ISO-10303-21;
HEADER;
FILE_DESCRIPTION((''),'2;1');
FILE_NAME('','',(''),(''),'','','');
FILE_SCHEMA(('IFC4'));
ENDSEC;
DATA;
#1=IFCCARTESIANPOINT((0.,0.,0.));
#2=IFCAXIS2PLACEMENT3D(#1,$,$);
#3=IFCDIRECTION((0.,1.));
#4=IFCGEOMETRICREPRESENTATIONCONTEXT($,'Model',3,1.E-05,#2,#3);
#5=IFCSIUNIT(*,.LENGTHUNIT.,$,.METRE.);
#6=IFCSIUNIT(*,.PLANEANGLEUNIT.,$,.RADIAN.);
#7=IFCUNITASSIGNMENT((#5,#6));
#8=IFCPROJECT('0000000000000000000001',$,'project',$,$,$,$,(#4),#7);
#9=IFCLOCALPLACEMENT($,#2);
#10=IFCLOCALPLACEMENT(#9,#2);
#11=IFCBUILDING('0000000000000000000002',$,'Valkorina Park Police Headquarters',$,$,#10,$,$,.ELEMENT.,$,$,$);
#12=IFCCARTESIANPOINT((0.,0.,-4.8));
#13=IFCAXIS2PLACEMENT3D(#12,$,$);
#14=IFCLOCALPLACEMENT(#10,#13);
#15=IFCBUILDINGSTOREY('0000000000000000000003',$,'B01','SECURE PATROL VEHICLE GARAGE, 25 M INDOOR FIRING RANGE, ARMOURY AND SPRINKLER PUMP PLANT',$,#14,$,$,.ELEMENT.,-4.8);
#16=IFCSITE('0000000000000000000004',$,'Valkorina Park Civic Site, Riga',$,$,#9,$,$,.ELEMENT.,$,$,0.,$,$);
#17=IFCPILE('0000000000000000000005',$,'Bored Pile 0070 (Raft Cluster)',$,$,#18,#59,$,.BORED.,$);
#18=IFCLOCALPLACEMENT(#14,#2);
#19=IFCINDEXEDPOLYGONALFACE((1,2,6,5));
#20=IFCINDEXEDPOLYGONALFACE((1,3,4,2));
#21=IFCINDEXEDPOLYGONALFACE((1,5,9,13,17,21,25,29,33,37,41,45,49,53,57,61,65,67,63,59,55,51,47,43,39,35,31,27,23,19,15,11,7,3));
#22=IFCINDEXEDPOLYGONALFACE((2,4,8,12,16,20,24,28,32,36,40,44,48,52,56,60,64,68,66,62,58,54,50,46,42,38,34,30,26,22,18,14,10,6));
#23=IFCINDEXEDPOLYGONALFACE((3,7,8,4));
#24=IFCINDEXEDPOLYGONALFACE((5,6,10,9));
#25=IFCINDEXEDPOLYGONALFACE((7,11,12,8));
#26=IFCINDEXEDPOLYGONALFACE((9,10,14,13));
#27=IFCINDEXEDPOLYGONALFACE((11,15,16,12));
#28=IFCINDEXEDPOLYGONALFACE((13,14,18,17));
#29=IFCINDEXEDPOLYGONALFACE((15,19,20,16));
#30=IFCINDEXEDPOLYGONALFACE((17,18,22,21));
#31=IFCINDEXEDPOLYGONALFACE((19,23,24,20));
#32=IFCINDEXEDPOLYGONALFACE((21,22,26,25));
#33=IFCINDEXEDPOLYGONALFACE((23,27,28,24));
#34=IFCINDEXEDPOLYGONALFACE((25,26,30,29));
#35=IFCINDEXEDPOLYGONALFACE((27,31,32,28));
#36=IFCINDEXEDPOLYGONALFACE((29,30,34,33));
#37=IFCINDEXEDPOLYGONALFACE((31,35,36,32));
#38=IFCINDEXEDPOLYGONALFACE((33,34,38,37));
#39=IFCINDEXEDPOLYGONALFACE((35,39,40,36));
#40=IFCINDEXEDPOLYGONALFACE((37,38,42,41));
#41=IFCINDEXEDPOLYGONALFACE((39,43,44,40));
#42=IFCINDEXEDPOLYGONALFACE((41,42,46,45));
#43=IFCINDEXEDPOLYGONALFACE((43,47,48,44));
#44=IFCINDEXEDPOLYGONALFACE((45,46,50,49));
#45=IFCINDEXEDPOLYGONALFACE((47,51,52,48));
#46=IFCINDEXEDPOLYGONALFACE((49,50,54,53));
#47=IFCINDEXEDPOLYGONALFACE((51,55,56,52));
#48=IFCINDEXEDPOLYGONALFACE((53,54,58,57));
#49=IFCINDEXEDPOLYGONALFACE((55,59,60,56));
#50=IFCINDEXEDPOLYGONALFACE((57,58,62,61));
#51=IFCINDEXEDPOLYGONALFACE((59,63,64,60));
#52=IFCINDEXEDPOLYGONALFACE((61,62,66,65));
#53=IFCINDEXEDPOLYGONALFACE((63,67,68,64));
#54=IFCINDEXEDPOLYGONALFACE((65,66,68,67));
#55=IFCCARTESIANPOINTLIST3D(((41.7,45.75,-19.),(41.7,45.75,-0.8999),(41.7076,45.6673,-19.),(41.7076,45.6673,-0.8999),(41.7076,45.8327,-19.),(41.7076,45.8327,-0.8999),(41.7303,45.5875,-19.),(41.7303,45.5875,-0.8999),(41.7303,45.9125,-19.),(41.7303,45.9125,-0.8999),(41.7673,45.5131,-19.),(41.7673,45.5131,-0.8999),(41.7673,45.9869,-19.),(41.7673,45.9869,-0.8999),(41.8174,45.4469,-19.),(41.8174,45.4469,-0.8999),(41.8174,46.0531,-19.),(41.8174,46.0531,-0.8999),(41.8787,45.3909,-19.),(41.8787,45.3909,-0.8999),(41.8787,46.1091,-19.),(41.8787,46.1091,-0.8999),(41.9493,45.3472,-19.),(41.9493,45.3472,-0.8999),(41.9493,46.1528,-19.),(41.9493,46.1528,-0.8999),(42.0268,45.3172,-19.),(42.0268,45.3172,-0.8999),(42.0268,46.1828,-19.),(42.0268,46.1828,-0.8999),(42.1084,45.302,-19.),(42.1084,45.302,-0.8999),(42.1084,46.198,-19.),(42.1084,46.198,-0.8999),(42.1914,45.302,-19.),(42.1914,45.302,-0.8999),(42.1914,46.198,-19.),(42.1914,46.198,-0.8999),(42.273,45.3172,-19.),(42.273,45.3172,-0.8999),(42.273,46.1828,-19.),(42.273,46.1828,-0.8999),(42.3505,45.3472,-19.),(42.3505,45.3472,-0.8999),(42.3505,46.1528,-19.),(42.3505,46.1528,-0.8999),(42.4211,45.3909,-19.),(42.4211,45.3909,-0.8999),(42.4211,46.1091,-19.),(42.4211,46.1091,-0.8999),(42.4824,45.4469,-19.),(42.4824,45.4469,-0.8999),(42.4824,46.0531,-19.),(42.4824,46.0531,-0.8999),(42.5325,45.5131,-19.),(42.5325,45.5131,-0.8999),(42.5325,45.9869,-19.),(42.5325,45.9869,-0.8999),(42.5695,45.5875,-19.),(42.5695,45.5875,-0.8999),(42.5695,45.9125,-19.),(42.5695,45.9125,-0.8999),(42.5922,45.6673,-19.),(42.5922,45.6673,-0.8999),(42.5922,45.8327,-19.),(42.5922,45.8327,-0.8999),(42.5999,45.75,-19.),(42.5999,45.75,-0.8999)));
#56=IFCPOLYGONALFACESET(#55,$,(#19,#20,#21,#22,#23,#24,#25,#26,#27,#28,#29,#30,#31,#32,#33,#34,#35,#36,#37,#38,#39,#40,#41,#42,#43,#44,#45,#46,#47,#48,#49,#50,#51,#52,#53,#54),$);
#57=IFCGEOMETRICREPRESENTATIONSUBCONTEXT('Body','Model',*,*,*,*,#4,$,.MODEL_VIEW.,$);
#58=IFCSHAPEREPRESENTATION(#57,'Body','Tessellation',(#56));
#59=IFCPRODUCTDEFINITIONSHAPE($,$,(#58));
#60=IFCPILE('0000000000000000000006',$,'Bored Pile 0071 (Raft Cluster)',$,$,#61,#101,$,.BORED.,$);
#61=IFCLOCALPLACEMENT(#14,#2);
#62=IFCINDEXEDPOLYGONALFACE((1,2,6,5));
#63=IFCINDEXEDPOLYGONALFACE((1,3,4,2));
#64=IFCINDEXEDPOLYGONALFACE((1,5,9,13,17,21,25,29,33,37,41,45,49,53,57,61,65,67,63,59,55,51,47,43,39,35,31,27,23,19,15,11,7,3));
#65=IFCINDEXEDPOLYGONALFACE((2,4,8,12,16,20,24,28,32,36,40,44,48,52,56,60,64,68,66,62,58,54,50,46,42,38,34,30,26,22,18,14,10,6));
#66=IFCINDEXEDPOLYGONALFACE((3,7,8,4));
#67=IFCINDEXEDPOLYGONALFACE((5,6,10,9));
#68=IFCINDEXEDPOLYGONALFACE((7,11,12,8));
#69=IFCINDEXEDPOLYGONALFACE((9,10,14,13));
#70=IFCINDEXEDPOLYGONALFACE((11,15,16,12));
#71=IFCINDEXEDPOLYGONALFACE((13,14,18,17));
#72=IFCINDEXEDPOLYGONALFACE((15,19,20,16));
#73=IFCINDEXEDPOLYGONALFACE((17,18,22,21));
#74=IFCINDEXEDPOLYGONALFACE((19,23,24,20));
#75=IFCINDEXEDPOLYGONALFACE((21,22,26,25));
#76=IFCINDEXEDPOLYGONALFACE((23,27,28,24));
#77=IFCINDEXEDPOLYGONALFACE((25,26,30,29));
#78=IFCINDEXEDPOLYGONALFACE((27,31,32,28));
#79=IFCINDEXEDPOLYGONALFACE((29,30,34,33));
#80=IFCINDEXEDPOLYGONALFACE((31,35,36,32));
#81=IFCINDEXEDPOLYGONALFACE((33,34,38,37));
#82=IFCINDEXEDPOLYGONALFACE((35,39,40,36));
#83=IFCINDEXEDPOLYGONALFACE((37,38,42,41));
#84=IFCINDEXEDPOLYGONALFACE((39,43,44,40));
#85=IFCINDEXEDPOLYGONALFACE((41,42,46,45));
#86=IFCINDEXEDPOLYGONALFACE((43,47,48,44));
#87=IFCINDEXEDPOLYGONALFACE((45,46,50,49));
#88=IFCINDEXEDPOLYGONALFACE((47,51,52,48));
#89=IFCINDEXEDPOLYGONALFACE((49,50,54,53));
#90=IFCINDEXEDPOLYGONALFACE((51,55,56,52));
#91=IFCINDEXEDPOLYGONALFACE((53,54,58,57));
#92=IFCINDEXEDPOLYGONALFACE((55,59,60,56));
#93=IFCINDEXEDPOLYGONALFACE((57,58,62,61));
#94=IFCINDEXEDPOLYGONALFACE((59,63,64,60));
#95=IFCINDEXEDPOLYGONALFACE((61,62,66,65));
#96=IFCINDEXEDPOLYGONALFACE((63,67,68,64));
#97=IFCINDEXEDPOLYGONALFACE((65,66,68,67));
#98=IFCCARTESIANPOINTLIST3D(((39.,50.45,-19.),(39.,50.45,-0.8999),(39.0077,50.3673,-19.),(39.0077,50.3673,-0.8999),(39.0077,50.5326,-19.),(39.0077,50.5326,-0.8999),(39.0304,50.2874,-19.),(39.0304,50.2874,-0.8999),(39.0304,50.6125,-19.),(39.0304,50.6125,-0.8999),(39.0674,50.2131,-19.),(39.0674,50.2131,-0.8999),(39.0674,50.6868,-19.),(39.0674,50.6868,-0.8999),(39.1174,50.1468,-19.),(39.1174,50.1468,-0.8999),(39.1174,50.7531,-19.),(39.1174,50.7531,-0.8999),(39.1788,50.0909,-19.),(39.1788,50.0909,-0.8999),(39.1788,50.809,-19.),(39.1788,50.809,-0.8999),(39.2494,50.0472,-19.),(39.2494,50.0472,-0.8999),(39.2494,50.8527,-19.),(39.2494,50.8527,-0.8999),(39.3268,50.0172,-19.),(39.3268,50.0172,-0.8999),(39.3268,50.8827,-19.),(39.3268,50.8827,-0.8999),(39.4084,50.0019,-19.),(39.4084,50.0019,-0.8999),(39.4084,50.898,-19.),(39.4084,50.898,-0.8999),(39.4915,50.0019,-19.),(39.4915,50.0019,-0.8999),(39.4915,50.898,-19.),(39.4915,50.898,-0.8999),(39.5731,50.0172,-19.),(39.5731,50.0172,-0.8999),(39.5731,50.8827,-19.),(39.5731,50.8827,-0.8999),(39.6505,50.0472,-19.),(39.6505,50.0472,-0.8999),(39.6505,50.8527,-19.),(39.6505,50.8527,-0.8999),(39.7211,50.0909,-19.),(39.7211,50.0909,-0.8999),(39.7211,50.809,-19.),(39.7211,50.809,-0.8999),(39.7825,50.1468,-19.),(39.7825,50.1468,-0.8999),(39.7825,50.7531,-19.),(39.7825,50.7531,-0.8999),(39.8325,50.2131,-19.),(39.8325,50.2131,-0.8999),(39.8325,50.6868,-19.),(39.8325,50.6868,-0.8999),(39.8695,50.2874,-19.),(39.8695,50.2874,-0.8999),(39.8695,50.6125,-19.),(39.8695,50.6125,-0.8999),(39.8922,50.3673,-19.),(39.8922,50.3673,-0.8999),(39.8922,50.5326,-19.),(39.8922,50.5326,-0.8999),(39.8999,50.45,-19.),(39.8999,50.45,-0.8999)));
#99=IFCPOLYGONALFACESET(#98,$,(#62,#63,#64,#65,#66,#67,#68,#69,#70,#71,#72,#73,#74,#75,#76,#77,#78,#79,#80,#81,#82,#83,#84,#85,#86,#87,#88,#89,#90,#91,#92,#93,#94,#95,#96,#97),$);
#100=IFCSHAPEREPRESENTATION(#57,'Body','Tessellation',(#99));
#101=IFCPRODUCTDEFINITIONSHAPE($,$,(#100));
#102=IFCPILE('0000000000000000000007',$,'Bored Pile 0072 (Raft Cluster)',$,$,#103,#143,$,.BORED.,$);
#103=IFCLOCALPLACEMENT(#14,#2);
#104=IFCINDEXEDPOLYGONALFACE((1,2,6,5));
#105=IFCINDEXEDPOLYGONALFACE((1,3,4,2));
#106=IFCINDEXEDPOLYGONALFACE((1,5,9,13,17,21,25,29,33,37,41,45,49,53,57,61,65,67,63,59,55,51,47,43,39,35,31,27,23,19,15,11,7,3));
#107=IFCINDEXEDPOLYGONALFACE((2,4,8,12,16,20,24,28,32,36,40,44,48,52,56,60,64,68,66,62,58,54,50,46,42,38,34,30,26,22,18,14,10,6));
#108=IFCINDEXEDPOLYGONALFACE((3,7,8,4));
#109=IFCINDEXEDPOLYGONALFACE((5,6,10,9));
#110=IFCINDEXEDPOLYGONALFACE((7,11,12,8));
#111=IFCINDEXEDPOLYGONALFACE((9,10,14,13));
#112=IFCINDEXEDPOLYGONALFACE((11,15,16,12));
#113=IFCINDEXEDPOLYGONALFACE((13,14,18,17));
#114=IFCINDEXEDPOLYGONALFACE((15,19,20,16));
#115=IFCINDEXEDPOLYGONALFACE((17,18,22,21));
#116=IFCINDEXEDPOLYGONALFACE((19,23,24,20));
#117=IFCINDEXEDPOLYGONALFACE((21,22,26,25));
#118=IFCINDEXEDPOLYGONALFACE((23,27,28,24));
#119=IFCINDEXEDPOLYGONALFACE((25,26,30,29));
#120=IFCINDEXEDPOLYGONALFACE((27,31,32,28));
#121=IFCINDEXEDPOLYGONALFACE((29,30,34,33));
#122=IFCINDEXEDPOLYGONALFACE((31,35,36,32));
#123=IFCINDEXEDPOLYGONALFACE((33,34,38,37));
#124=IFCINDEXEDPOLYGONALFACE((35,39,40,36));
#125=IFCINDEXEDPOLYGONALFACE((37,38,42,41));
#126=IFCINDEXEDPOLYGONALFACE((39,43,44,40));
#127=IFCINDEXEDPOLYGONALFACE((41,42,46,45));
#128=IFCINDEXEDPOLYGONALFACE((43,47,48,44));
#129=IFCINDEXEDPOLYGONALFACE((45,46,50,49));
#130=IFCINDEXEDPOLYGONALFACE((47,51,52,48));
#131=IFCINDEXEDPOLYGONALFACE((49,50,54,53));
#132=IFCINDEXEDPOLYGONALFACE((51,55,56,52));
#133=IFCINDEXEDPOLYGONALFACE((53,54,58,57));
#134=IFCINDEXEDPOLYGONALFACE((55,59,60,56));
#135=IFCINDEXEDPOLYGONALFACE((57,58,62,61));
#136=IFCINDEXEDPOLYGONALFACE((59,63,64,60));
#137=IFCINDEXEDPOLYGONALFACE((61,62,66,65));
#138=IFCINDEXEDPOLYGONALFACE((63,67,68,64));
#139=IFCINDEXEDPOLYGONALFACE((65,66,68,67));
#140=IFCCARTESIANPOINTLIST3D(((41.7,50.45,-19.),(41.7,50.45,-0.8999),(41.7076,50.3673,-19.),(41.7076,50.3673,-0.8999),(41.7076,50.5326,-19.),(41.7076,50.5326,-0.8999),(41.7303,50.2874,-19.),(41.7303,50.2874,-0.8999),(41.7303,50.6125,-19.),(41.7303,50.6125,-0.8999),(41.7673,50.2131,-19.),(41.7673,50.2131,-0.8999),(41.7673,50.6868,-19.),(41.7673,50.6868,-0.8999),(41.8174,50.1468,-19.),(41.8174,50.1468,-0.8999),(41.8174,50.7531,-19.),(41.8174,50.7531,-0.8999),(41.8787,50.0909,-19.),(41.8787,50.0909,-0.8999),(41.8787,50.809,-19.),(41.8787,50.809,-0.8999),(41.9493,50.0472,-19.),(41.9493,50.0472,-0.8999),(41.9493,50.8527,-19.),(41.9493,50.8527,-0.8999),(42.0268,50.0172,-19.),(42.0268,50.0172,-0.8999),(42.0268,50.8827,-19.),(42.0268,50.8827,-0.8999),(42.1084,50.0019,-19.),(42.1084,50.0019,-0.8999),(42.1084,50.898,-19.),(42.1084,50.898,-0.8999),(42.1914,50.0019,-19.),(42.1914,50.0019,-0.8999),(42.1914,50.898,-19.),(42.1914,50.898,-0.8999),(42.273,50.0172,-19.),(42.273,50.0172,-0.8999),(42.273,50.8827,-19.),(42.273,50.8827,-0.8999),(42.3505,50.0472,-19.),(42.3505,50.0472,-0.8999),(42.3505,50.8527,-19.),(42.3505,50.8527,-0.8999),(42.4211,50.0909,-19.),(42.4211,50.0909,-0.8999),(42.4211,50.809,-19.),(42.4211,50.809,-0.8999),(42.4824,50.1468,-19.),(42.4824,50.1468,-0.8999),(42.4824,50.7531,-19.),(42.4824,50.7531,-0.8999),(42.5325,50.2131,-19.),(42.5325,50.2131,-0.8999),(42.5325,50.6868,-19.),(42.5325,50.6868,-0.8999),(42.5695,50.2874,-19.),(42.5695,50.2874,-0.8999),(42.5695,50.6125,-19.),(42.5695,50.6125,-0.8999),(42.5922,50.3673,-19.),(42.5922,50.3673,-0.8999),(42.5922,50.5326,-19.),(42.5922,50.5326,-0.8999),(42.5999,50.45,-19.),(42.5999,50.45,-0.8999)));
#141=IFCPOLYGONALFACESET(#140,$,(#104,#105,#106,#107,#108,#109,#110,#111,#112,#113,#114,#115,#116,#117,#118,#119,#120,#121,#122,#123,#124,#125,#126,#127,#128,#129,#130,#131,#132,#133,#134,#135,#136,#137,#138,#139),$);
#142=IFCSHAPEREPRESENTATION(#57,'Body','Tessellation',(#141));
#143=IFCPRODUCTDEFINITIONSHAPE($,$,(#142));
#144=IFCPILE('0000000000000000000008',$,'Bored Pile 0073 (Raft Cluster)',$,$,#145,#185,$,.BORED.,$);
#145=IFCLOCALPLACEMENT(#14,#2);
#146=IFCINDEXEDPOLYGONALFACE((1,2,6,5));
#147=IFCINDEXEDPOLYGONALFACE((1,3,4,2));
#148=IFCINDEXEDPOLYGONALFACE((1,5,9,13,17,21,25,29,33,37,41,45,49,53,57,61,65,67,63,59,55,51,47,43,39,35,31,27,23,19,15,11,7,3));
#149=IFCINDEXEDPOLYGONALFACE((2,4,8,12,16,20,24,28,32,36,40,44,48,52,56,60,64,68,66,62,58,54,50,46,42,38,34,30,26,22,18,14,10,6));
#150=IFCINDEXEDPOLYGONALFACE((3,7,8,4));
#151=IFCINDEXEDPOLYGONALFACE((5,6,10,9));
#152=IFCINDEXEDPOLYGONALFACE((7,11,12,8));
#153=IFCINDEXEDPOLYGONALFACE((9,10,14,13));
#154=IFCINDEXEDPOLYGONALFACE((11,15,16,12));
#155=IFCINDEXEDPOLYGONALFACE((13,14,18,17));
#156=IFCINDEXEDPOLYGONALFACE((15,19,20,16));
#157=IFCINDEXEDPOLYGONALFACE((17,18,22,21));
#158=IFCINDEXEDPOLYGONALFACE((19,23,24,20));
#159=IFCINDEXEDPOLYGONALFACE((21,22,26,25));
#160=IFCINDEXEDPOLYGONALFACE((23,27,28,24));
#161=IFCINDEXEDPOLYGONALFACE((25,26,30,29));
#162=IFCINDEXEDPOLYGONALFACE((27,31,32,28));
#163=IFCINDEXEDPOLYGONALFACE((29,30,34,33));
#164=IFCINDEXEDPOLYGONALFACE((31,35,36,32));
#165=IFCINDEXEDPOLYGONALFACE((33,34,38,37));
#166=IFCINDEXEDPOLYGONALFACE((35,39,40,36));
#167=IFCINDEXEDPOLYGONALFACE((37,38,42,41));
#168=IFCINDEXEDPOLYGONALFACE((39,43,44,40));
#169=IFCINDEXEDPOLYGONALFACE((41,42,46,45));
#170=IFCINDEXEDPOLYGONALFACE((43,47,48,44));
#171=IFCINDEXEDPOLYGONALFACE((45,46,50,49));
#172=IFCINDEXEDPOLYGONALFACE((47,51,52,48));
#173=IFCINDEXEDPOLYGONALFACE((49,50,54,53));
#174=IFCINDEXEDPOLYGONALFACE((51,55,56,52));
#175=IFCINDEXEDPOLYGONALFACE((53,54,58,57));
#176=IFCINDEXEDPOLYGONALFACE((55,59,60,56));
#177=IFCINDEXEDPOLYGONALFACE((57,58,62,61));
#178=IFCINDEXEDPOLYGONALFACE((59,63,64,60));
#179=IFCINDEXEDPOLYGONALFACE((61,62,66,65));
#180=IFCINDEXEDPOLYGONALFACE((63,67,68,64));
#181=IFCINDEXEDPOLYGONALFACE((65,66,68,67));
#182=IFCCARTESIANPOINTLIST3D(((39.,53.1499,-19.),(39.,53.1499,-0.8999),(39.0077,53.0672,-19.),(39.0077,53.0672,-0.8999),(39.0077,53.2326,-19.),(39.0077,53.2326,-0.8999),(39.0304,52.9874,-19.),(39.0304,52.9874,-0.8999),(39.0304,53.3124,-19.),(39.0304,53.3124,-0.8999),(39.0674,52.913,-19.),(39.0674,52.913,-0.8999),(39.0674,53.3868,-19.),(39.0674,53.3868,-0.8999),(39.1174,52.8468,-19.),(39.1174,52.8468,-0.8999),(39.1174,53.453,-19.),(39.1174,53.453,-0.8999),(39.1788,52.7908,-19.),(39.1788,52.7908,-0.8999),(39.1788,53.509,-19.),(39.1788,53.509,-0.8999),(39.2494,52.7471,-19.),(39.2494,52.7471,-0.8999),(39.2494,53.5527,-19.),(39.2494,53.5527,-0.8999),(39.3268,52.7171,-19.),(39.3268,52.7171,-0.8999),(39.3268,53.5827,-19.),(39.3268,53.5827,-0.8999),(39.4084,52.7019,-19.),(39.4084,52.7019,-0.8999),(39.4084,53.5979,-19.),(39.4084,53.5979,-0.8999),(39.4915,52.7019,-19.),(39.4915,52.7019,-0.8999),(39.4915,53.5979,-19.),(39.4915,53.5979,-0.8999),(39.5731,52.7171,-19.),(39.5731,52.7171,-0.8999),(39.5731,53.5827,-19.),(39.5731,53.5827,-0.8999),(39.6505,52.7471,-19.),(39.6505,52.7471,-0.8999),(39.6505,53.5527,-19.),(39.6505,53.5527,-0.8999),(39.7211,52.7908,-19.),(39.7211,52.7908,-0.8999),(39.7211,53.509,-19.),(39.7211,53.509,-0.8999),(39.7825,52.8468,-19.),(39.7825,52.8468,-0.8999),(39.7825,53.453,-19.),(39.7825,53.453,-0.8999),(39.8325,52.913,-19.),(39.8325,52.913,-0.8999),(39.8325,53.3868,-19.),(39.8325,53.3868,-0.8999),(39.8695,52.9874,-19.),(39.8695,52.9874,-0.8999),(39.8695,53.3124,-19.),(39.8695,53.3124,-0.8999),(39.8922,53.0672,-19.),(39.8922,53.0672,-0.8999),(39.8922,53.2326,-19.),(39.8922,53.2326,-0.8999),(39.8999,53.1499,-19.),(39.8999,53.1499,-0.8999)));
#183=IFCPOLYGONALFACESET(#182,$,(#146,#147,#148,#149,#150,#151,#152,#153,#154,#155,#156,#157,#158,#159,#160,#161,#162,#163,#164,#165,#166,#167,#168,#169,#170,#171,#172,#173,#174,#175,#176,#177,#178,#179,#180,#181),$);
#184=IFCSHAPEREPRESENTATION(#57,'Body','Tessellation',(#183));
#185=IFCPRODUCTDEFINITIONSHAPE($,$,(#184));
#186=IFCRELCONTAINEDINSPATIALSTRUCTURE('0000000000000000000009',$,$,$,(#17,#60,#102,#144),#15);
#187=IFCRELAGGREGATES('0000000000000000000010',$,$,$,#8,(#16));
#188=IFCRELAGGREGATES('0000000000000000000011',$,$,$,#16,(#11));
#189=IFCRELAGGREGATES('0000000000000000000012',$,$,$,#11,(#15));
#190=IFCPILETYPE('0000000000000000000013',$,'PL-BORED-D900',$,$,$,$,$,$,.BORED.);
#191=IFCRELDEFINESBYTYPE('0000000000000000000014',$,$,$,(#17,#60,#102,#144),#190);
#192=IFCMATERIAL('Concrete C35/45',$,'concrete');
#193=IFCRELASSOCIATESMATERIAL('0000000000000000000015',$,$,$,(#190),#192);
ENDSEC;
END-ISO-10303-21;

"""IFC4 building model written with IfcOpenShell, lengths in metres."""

from ifc_helpers import new_model, si_unit, direction, frame, origin, origin_2d, place, context, subcontext, project, spatial, circle, extrude, material, material_profile, profile_set, type_object, element, save


model = new_model("IFC4")

# Units and contexts
model_context = context("Model", 3, precision=1e-05, world=origin(), true_north=direction((0.0, 1.0)))
body_context = subcontext(model_context, "Body", "Model", "MODEL_VIEW")
ifc_project = project(units=[si_unit("LENGTHUNIT", "METRE"), si_unit("PLANEANGLEUNIT", "RADIAN")], contexts=[model_context])

# Site, building, storey
site_placement = place(None, origin())
site = spatial("IfcSite", under=ifc_project, at=site_placement, Name="Valkorina Park Civic Site, Riga", CompositionType="ELEMENT", RefElevation=0.0)
building_placement = place(site_placement, origin())
building = spatial("IfcBuilding", under=site, at=building_placement, Name="Valkorina Park Police Headquarters", CompositionType="ELEMENT")
storey_placement = place(building_placement, frame((0.0, 0.0, -4.8)))
storey = spatial("IfcBuildingStorey", under=building, at=storey_placement, Name="B01", Description="SECURE PATROL VEHICLE GARAGE, 25 M INDOOR FIRING RANGE, ARMOURY AND SPRINKLER PUMP PLANT", CompositionType="ELEMENT", Elevation=-4.8)

# Piles
ifc_material_1 = material(Name="Concrete C35/45", Category="concrete")
ifc_material_profile_1 = material_profile(ifc_material_1, circle(Radius=0.45, at=origin_2d()), Name="BORED PILE D900")
ifc_profile_set_1 = profile_set([ifc_material_profile_1], Name="Concrete C35/45")
pile_type = type_object("IfcPileType", Name="PL-BORED-D900", PredefinedType="BORED", material=ifc_profile_set_1)
for number, where, z_axis, x_axis, name in (
    (1, (42.1499, 45.75, -0.8999), (0.0, 0.0, -1.0), (1.0, 0.0, 0.0), "Bored Pile 0070 (Raft Cluster)"),
    (2, (39.45, 50.45, -0.8999), (0.0, 0.0, -1.0), (1.0, 0.0, 0.0), "Bored Pile 0071 (Raft Cluster)"),
    (3, (42.1499, 50.45, -0.8999), (0.0, 0.0, -1.0), (1.0, 0.0, 0.0), "Bored Pile 0072 (Raft Cluster)"),
    (4, (39.45, 53.1499, -0.8999), (0.0, 0.0, -1.0), (1.0, 0.0, 0.0), "Bored Pile 0073 (Raft Cluster)"),
):
    element("IfcPile", number, at=place(storey_placement, frame(where, z_axis=z_axis, x_axis=x_axis)), inside=storey, type_object=pile_type, Name=name, PredefinedType="BORED", context=body_context, shape_type="SweptSolid", body=[
        extrude(circle(Radius=0.45, at=origin_2d()), origin(), (0.0, 0.0, 1.0), 18.1001),
    ])

save(model, "model.ifc")
